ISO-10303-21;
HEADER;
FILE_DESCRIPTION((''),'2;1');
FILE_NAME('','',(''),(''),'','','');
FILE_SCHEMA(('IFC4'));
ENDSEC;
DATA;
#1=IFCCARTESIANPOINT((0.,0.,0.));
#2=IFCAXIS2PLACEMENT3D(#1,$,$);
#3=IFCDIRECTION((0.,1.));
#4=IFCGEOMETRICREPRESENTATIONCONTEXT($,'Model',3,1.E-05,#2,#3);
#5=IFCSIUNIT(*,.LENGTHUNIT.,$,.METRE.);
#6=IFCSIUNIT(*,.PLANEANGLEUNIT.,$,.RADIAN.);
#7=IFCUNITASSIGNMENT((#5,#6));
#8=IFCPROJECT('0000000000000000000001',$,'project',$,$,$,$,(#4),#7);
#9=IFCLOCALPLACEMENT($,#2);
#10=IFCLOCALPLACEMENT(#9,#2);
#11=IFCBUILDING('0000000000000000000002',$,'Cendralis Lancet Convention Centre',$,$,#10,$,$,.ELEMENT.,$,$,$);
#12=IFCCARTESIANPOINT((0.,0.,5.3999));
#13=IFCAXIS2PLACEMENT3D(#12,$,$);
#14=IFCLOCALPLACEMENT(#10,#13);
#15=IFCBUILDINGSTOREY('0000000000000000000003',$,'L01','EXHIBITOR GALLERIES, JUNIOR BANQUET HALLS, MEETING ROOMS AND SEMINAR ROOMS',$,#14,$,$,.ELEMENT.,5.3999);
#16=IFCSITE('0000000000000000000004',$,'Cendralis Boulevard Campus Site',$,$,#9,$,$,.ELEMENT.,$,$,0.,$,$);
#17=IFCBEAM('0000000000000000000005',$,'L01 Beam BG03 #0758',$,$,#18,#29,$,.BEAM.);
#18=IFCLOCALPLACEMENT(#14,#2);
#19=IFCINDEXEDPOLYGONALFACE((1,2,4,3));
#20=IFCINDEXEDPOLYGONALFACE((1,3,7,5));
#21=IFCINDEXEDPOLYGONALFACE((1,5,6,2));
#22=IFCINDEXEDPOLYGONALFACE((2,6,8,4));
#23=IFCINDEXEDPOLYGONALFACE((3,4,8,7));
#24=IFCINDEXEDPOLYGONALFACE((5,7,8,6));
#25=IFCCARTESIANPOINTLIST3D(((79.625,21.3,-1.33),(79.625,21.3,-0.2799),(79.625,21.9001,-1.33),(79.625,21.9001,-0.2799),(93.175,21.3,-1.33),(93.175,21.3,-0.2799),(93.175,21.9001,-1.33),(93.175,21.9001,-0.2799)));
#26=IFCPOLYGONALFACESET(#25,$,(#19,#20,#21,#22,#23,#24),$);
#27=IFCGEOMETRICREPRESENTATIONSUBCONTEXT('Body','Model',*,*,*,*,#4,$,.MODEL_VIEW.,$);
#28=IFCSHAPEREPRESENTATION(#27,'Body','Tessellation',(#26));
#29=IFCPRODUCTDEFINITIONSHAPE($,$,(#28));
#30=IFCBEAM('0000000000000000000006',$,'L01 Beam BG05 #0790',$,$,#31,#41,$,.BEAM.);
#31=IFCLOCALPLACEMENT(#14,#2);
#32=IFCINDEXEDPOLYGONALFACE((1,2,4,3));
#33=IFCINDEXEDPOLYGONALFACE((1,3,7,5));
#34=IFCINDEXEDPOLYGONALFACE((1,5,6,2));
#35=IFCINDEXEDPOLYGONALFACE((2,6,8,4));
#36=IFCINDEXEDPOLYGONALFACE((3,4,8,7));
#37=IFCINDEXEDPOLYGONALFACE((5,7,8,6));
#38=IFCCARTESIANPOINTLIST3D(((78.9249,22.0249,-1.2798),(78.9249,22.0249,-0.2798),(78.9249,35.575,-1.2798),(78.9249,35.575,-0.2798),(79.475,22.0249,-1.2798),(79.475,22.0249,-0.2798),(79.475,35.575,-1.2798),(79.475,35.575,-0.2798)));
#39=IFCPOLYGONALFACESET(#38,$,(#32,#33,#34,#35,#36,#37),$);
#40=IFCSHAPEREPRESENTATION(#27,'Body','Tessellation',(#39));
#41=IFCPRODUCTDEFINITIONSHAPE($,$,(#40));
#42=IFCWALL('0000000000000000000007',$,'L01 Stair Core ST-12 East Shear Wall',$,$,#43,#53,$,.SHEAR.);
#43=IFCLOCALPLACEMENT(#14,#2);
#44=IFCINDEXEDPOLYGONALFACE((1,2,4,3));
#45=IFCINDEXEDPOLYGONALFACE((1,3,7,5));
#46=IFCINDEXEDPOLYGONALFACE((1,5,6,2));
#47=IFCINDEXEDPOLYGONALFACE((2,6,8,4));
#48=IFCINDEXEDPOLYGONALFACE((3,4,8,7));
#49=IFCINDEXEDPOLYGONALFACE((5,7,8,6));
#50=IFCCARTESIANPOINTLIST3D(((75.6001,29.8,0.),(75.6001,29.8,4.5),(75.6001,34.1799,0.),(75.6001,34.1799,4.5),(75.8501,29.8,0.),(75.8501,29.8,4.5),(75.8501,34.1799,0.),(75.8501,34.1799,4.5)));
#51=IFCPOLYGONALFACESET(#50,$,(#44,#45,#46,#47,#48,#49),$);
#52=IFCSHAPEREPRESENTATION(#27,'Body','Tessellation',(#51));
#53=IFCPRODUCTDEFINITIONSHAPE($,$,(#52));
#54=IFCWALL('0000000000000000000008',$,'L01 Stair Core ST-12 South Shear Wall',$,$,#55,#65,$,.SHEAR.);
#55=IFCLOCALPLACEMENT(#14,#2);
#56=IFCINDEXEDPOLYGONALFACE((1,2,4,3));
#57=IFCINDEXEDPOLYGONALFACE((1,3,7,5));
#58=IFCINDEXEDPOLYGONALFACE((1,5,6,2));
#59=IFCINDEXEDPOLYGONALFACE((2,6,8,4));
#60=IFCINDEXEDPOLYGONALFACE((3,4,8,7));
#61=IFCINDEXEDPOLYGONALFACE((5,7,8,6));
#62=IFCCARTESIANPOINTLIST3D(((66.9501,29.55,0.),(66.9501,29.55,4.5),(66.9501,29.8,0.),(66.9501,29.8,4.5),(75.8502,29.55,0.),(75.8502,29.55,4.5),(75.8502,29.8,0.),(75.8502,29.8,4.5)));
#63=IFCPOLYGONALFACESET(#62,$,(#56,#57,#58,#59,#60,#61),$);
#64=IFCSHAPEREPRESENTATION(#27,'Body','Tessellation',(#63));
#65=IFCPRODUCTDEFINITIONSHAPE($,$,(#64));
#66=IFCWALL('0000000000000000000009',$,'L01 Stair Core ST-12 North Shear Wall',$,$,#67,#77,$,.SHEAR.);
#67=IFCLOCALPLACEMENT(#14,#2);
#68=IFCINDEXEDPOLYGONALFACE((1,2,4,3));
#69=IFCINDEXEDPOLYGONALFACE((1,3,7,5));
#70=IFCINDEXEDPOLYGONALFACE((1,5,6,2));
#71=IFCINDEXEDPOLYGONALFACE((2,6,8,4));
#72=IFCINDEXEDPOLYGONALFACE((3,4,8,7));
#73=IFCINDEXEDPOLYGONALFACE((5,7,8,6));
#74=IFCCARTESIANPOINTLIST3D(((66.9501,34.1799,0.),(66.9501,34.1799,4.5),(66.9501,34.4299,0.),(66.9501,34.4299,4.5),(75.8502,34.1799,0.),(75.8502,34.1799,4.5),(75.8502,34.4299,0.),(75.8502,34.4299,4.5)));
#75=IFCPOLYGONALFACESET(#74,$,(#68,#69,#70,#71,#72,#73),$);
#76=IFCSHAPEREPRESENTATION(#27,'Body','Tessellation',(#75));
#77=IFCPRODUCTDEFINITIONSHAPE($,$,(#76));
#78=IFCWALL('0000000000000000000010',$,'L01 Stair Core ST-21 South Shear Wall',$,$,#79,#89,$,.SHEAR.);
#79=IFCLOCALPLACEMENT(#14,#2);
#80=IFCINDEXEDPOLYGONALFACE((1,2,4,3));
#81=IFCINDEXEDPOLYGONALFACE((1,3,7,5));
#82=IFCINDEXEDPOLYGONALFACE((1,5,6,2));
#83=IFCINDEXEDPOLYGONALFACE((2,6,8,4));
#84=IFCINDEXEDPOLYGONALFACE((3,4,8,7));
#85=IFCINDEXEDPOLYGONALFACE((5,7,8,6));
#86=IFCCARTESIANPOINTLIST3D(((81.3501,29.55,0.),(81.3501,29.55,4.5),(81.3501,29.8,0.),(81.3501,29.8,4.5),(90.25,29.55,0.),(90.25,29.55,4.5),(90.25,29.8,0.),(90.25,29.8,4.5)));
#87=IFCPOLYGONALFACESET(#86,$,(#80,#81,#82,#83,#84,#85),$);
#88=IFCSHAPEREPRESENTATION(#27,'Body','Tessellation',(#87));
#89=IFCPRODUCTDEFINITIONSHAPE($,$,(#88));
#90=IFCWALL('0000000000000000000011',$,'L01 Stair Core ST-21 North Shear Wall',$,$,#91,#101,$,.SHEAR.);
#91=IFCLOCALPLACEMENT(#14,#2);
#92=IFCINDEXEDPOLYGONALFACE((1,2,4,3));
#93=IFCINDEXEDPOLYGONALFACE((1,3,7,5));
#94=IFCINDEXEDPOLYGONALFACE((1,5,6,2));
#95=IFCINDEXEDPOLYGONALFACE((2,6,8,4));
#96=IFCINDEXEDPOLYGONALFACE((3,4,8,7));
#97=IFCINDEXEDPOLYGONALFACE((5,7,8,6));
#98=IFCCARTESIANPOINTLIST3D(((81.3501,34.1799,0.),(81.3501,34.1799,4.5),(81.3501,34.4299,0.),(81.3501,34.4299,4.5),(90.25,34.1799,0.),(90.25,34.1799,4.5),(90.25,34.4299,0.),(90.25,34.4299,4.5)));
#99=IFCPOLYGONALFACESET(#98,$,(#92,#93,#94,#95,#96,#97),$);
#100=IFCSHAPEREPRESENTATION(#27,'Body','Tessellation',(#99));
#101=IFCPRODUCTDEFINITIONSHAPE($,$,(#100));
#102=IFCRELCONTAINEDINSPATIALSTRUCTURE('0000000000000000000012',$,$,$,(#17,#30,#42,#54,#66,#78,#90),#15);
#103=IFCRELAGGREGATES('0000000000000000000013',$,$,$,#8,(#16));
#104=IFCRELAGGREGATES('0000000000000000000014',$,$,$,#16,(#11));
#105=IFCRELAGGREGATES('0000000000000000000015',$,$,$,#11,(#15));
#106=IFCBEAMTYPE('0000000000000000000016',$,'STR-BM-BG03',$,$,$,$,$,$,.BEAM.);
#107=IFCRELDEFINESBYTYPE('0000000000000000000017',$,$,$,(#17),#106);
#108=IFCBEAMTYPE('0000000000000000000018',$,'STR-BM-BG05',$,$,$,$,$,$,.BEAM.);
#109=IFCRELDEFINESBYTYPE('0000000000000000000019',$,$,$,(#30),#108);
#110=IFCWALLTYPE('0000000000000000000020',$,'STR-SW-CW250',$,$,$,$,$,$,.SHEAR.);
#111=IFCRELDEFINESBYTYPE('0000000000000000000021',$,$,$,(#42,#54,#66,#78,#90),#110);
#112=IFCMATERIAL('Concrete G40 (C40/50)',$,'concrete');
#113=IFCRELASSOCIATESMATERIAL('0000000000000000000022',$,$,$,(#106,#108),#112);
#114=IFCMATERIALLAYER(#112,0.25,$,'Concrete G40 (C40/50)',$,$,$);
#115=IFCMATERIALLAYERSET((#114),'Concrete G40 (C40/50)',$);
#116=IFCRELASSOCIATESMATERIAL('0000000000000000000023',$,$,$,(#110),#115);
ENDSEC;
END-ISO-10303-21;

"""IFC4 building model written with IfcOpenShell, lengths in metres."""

from ifc_helpers import new_model, si_unit, direction, frame, frame_2d, origin, origin_2d, place, context, subcontext, project, spatial, rectangle, extrude, material, layer, layer_set, material_profile, profile_set, type_object, element, save


model = new_model("IFC4")

# Units and contexts
model_context = context("Model", 3, precision=1e-05, world=origin(), true_north=direction((0.0, 1.0)))
body_context = subcontext(model_context, "Body", "Model", "MODEL_VIEW")
ifc_project = project(units=[si_unit("LENGTHUNIT", "METRE"), si_unit("PLANEANGLEUNIT", "RADIAN")], contexts=[model_context])

# Site, building, storey
site_placement = place(None, origin())
site = spatial("IfcSite", under=ifc_project, at=site_placement, Name="Cendralis Boulevard Campus Site", CompositionType="ELEMENT", RefElevation=0.0)
building_placement = place(site_placement, origin())
building = spatial("IfcBuilding", under=site, at=building_placement, Name="Cendralis Lancet Convention Centre", CompositionType="ELEMENT")
storey_placement = place(building_placement, frame((0.0, 0.0, 5.3999)))
storey = spatial("IfcBuildingStorey", under=building, at=storey_placement, Name="L01", Description="EXHIBITOR GALLERIES, JUNIOR BANQUET HALLS, MEETING ROOMS AND SEMINAR ROOMS", CompositionType="ELEMENT", Elevation=5.3999)

# Beams
ifc_material_1 = material(Name="Concrete G40 (C40/50)", Category="concrete")
ifc_material_profile_1 = material_profile(ifc_material_1, rectangle(XDim=0.6001, YDim=1.05, at=origin_2d()), Name="RCB 600x1050")
ifc_profile_set_1 = profile_set([ifc_material_profile_1], Name="Concrete G40 (C40/50)")
beam_type_1 = type_object("IfcBeamType", Name="STR-BM-BG03", PredefinedType="BEAM", material=ifc_profile_set_1)
beam_1_placement = place(storey_placement, frame((79.625, 21.6001, -0.8049), z_axis=(1.0, 0.0, 0.0), x_axis=(0.0, 1.0, 0.0)))
element("IfcBeam", 1, at=beam_1_placement, inside=storey, type_object=beam_type_1, Name="L01 Beam BG03 #0758", PredefinedType="BEAM", context=body_context, shape_type="SweptSolid", body=[
    extrude(rectangle(XDim=0.6001, YDim=1.05, at=origin_2d()), origin(), (0.0, 0.0, 1.0), 13.55),
])
ifc_material_profile_2 = material_profile(ifc_material_1, rectangle(XDim=0.55, YDim=1.0, at=origin_2d()), Name="RCB 550x1000")
ifc_profile_set_2 = profile_set([ifc_material_profile_2], Name="Concrete G40 (C40/50)")
beam_type_2 = type_object("IfcBeamType", Name="STR-BM-BG05", PredefinedType="BEAM", material=ifc_profile_set_2)
beam_2_placement = place(storey_placement, frame((79.2, 22.0249, -0.7798), z_axis=(0.0, 1.0, 0.0), x_axis=(-1.0, 0.0, 0.0)))
element("IfcBeam", 2, at=beam_2_placement, inside=storey, type_object=beam_type_2, Name="L01 Beam BG05 #0790", PredefinedType="BEAM", context=body_context, shape_type="SweptSolid", body=[
    extrude(rectangle(XDim=0.55, YDim=1.0, at=origin_2d()), origin(), (0.0, 0.0, 1.0), 13.55),
])

# Shared definitions
ifc_layer = layer(ifc_material_1, 0.25, Name="Concrete G40 (C40/50)")
ifc_layer_set = layer_set([ifc_layer], Name="Concrete G40 (C40/50)")
wall_type = type_object("IfcWallType", Name="STR-SW-CW250", PredefinedType="SHEAR", material=ifc_layer_set)

# Walls
wall_1_placement = place(storey_placement, frame((75.7251, 29.8, 0.0), z_axis=(0.0, 0.0, 1.0), x_axis=(0.0, 1.0, 0.0)))
element("IfcWall", 3, at=wall_1_placement, inside=storey, type_object=wall_type, Name="L01 Stair Core ST-12 East Shear Wall", PredefinedType="SHEAR", context=body_context, shape_type="SweptSolid", body=[
    extrude(rectangle(XDim=4.3799, YDim=0.25, at=frame_2d((2.1899, 0.0))), origin(), (0.0, 0.0, 1.0), 4.5),
])
for number, where, z_axis, x_axis, name in (
    (4, (66.95, 29.675, 0.0), (0.0, 0.0, 1.0), (1.0, 0.0, 0.0), "L01 Stair Core ST-12 South Shear Wall"),
    (5, (66.95, 34.3049, 0.0), (0.0, 0.0, 1.0), (1.0, 0.0, 0.0), "L01 Stair Core ST-12 North Shear Wall"),
):
    element("IfcWall", number, at=place(storey_placement, frame(where, z_axis=z_axis, x_axis=x_axis)), inside=storey, type_object=wall_type, Name=name, PredefinedType="SHEAR", context=body_context, shape_type="SweptSolid", body=[
        extrude(rectangle(XDim=8.9001, YDim=0.25, at=frame_2d((4.4502, 0.0))), origin(), (0.0, 0.0, 1.0), 4.5),
    ])

# Walls
for number, where, z_axis, x_axis, name in (
    (6, (81.3501, 29.675, 0.0), (0.0, 0.0, 1.0), (1.0, 0.0, 0.0), "L01 Stair Core ST-21 South Shear Wall"),
    (7, (81.3501, 34.3049, 0.0), (0.0, 0.0, 1.0), (1.0, 0.0, 0.0), "L01 Stair Core ST-21 North Shear Wall"),
):
    element("IfcWall", number, at=place(storey_placement, frame(where, z_axis=z_axis, x_axis=x_axis)), inside=storey, type_object=wall_type, Name=name, PredefinedType="SHEAR", context=body_context, shape_type="SweptSolid", body=[
        extrude(rectangle(XDim=8.8999, YDim=0.25, at=frame_2d((4.45, 0.0))), origin(), (0.0, 0.0, 1.0), 4.5),
    ])

save(model, "model.ifc")
